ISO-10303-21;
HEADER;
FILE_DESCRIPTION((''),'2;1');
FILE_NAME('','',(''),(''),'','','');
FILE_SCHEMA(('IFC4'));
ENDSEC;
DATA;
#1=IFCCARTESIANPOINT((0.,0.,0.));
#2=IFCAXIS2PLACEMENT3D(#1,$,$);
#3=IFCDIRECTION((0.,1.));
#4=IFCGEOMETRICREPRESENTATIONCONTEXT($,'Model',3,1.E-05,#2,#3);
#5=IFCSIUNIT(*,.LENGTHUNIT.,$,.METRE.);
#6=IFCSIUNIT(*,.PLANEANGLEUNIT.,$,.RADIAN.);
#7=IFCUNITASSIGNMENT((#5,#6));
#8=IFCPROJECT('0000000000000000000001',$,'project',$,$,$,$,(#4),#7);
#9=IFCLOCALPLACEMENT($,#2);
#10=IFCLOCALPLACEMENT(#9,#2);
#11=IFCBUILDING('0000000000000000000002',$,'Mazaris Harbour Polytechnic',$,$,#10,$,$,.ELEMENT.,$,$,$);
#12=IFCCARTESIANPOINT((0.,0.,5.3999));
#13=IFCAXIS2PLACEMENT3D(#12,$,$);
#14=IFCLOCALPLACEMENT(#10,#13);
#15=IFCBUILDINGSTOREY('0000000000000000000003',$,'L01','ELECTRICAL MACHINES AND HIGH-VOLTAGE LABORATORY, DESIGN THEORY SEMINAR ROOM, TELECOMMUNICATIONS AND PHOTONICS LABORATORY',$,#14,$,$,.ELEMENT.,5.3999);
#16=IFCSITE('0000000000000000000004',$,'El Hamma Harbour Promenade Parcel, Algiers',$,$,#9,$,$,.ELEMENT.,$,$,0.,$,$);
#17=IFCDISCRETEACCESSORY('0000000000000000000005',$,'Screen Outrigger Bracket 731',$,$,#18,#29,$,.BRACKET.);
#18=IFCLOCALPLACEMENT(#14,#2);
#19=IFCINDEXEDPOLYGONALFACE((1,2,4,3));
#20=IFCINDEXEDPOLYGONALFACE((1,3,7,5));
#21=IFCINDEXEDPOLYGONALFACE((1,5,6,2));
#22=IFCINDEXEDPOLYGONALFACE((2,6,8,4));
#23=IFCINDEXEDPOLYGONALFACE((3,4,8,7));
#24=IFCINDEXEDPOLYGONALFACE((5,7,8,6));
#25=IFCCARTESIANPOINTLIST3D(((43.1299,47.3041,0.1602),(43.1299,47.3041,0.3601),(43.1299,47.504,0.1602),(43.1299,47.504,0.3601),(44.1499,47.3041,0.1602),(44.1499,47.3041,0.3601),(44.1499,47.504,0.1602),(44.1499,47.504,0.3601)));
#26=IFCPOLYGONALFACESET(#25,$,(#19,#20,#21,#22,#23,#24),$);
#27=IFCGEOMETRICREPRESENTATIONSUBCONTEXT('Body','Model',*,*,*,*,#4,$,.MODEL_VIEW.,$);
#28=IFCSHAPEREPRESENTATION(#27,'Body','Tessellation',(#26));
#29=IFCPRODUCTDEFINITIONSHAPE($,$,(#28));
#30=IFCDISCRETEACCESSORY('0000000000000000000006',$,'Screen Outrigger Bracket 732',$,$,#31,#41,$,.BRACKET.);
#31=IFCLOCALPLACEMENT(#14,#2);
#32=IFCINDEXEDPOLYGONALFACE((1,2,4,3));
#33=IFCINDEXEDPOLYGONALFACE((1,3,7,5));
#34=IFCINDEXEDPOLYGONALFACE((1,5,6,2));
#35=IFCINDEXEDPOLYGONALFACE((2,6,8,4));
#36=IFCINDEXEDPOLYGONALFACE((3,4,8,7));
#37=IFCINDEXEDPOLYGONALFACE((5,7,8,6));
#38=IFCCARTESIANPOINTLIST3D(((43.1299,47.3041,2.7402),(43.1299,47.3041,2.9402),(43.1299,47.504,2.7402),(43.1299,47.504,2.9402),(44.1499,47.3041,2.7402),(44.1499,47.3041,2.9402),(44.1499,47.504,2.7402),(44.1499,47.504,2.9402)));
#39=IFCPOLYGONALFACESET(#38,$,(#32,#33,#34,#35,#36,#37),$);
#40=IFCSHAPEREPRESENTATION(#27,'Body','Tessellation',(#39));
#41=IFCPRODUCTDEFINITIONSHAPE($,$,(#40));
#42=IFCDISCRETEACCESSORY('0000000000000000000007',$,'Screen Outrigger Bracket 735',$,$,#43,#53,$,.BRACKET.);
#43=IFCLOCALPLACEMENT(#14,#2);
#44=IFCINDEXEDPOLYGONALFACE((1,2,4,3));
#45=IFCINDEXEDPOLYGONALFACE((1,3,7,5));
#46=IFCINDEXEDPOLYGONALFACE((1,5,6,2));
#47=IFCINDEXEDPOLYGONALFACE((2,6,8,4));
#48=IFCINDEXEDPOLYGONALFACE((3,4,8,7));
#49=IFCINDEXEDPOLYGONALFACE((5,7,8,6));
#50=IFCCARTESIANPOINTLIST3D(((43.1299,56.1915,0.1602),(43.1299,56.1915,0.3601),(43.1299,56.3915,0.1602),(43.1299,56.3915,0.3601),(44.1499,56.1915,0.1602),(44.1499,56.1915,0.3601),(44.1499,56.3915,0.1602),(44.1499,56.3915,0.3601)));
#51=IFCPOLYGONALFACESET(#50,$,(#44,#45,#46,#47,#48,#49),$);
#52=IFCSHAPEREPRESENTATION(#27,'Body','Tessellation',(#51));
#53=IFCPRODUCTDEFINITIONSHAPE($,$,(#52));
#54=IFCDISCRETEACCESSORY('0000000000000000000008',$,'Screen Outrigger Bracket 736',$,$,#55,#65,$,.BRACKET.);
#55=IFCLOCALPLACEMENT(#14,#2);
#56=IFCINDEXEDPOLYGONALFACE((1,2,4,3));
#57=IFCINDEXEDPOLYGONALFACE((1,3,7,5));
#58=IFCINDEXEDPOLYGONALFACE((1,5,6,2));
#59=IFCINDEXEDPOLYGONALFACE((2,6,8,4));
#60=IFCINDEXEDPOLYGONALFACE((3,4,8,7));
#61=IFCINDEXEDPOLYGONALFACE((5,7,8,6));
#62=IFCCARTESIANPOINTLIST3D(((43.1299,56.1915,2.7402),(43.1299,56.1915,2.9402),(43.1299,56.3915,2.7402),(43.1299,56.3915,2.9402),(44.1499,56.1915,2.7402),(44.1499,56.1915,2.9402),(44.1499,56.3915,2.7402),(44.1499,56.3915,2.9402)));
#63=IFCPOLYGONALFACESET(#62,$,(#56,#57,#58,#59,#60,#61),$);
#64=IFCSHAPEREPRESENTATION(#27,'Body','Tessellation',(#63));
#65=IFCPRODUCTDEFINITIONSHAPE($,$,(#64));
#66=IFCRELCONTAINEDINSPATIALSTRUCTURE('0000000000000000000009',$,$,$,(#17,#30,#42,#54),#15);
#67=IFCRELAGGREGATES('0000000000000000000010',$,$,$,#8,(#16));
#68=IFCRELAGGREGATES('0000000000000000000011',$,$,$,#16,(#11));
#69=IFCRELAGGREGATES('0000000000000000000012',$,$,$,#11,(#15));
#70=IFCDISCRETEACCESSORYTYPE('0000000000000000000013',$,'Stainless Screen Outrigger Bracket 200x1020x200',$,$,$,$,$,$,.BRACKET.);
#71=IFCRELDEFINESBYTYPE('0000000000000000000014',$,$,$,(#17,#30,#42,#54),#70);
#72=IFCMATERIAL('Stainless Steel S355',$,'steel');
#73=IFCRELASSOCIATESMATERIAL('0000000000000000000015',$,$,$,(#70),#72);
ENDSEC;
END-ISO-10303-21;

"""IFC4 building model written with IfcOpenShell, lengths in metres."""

from ifc_helpers import new_model, si_unit, direction, frame, origin, origin_2d, place, context, subcontext, project, spatial, rectangle, extrude, material, type_object, element, save


model = new_model("IFC4")

# Units and contexts
model_context = context("Model", 3, precision=1e-05, world=origin(), true_north=direction((0.0, 1.0)))
body_context = subcontext(model_context, "Body", "Model", "MODEL_VIEW")
ifc_project = project(units=[si_unit("LENGTHUNIT", "METRE"), si_unit("PLANEANGLEUNIT", "RADIAN")], contexts=[model_context])

# Site, building, storey
site_placement = place(None, origin())
site = spatial("IfcSite", under=ifc_project, at=site_placement, Name="El Hamma Harbour Promenade Parcel, Algiers", CompositionType="ELEMENT", RefElevation=0.0)
building_placement = place(site_placement, origin())
building = spatial("IfcBuilding", under=site, at=building_placement, Name="Mazaris Harbour Polytechnic", CompositionType="ELEMENT")
storey_placement = place(building_placement, frame((0.0, 0.0, 5.3999)))
storey = spatial("IfcBuildingStorey", under=building, at=storey_placement, Name="L01", Description="ELECTRICAL MACHINES AND HIGH-VOLTAGE LABORATORY, DESIGN THEORY SEMINAR ROOM, TELECOMMUNICATIONS AND PHOTONICS LABORATORY", CompositionType="ELEMENT", Elevation=5.3999)

# Discrete accessories
ifc_material_1 = material(Name="Stainless Steel S355", Category="steel")
discrete_accessory_type = type_object("IfcDiscreteAccessoryType", Name="Stainless Screen Outrigger Bracket 200x1020x200", PredefinedType="BRACKET", material=ifc_material_1)
for number, where, z_axis, x_axis, name in (
    (1, (43.6399, 47.4041, 0.1602), (0.0, 0.0, 1.0), (0.0, -1.0, 0.0), "Screen Outrigger Bracket 731"),
    (2, (43.6399, 47.4041, 2.7402), (0.0, 0.0, 1.0), (0.0, -1.0, 0.0), "Screen Outrigger Bracket 732"),
    (3, (43.6399, 56.2915, 0.1602), (0.0, 0.0, 1.0), (0.0, -1.0, 0.0), "Screen Outrigger Bracket 735"),
    (4, (43.6399, 56.2915, 2.7402), (0.0, 0.0, 1.0), (0.0, -1.0, 0.0), "Screen Outrigger Bracket 736"),
):
    element("IfcDiscreteAccessory", number, at=place(storey_placement, frame(where, z_axis=z_axis, x_axis=x_axis)), inside=storey, type_object=discrete_accessory_type, Name=name, PredefinedType="BRACKET", context=body_context, shape_type="SweptSolid", body=[
        extrude(rectangle(XDim=0.2, YDim=1.02, at=origin_2d()), origin(), (0.0, 0.0, 1.0), 0.2),
    ])

save(model, "model.ifc")
